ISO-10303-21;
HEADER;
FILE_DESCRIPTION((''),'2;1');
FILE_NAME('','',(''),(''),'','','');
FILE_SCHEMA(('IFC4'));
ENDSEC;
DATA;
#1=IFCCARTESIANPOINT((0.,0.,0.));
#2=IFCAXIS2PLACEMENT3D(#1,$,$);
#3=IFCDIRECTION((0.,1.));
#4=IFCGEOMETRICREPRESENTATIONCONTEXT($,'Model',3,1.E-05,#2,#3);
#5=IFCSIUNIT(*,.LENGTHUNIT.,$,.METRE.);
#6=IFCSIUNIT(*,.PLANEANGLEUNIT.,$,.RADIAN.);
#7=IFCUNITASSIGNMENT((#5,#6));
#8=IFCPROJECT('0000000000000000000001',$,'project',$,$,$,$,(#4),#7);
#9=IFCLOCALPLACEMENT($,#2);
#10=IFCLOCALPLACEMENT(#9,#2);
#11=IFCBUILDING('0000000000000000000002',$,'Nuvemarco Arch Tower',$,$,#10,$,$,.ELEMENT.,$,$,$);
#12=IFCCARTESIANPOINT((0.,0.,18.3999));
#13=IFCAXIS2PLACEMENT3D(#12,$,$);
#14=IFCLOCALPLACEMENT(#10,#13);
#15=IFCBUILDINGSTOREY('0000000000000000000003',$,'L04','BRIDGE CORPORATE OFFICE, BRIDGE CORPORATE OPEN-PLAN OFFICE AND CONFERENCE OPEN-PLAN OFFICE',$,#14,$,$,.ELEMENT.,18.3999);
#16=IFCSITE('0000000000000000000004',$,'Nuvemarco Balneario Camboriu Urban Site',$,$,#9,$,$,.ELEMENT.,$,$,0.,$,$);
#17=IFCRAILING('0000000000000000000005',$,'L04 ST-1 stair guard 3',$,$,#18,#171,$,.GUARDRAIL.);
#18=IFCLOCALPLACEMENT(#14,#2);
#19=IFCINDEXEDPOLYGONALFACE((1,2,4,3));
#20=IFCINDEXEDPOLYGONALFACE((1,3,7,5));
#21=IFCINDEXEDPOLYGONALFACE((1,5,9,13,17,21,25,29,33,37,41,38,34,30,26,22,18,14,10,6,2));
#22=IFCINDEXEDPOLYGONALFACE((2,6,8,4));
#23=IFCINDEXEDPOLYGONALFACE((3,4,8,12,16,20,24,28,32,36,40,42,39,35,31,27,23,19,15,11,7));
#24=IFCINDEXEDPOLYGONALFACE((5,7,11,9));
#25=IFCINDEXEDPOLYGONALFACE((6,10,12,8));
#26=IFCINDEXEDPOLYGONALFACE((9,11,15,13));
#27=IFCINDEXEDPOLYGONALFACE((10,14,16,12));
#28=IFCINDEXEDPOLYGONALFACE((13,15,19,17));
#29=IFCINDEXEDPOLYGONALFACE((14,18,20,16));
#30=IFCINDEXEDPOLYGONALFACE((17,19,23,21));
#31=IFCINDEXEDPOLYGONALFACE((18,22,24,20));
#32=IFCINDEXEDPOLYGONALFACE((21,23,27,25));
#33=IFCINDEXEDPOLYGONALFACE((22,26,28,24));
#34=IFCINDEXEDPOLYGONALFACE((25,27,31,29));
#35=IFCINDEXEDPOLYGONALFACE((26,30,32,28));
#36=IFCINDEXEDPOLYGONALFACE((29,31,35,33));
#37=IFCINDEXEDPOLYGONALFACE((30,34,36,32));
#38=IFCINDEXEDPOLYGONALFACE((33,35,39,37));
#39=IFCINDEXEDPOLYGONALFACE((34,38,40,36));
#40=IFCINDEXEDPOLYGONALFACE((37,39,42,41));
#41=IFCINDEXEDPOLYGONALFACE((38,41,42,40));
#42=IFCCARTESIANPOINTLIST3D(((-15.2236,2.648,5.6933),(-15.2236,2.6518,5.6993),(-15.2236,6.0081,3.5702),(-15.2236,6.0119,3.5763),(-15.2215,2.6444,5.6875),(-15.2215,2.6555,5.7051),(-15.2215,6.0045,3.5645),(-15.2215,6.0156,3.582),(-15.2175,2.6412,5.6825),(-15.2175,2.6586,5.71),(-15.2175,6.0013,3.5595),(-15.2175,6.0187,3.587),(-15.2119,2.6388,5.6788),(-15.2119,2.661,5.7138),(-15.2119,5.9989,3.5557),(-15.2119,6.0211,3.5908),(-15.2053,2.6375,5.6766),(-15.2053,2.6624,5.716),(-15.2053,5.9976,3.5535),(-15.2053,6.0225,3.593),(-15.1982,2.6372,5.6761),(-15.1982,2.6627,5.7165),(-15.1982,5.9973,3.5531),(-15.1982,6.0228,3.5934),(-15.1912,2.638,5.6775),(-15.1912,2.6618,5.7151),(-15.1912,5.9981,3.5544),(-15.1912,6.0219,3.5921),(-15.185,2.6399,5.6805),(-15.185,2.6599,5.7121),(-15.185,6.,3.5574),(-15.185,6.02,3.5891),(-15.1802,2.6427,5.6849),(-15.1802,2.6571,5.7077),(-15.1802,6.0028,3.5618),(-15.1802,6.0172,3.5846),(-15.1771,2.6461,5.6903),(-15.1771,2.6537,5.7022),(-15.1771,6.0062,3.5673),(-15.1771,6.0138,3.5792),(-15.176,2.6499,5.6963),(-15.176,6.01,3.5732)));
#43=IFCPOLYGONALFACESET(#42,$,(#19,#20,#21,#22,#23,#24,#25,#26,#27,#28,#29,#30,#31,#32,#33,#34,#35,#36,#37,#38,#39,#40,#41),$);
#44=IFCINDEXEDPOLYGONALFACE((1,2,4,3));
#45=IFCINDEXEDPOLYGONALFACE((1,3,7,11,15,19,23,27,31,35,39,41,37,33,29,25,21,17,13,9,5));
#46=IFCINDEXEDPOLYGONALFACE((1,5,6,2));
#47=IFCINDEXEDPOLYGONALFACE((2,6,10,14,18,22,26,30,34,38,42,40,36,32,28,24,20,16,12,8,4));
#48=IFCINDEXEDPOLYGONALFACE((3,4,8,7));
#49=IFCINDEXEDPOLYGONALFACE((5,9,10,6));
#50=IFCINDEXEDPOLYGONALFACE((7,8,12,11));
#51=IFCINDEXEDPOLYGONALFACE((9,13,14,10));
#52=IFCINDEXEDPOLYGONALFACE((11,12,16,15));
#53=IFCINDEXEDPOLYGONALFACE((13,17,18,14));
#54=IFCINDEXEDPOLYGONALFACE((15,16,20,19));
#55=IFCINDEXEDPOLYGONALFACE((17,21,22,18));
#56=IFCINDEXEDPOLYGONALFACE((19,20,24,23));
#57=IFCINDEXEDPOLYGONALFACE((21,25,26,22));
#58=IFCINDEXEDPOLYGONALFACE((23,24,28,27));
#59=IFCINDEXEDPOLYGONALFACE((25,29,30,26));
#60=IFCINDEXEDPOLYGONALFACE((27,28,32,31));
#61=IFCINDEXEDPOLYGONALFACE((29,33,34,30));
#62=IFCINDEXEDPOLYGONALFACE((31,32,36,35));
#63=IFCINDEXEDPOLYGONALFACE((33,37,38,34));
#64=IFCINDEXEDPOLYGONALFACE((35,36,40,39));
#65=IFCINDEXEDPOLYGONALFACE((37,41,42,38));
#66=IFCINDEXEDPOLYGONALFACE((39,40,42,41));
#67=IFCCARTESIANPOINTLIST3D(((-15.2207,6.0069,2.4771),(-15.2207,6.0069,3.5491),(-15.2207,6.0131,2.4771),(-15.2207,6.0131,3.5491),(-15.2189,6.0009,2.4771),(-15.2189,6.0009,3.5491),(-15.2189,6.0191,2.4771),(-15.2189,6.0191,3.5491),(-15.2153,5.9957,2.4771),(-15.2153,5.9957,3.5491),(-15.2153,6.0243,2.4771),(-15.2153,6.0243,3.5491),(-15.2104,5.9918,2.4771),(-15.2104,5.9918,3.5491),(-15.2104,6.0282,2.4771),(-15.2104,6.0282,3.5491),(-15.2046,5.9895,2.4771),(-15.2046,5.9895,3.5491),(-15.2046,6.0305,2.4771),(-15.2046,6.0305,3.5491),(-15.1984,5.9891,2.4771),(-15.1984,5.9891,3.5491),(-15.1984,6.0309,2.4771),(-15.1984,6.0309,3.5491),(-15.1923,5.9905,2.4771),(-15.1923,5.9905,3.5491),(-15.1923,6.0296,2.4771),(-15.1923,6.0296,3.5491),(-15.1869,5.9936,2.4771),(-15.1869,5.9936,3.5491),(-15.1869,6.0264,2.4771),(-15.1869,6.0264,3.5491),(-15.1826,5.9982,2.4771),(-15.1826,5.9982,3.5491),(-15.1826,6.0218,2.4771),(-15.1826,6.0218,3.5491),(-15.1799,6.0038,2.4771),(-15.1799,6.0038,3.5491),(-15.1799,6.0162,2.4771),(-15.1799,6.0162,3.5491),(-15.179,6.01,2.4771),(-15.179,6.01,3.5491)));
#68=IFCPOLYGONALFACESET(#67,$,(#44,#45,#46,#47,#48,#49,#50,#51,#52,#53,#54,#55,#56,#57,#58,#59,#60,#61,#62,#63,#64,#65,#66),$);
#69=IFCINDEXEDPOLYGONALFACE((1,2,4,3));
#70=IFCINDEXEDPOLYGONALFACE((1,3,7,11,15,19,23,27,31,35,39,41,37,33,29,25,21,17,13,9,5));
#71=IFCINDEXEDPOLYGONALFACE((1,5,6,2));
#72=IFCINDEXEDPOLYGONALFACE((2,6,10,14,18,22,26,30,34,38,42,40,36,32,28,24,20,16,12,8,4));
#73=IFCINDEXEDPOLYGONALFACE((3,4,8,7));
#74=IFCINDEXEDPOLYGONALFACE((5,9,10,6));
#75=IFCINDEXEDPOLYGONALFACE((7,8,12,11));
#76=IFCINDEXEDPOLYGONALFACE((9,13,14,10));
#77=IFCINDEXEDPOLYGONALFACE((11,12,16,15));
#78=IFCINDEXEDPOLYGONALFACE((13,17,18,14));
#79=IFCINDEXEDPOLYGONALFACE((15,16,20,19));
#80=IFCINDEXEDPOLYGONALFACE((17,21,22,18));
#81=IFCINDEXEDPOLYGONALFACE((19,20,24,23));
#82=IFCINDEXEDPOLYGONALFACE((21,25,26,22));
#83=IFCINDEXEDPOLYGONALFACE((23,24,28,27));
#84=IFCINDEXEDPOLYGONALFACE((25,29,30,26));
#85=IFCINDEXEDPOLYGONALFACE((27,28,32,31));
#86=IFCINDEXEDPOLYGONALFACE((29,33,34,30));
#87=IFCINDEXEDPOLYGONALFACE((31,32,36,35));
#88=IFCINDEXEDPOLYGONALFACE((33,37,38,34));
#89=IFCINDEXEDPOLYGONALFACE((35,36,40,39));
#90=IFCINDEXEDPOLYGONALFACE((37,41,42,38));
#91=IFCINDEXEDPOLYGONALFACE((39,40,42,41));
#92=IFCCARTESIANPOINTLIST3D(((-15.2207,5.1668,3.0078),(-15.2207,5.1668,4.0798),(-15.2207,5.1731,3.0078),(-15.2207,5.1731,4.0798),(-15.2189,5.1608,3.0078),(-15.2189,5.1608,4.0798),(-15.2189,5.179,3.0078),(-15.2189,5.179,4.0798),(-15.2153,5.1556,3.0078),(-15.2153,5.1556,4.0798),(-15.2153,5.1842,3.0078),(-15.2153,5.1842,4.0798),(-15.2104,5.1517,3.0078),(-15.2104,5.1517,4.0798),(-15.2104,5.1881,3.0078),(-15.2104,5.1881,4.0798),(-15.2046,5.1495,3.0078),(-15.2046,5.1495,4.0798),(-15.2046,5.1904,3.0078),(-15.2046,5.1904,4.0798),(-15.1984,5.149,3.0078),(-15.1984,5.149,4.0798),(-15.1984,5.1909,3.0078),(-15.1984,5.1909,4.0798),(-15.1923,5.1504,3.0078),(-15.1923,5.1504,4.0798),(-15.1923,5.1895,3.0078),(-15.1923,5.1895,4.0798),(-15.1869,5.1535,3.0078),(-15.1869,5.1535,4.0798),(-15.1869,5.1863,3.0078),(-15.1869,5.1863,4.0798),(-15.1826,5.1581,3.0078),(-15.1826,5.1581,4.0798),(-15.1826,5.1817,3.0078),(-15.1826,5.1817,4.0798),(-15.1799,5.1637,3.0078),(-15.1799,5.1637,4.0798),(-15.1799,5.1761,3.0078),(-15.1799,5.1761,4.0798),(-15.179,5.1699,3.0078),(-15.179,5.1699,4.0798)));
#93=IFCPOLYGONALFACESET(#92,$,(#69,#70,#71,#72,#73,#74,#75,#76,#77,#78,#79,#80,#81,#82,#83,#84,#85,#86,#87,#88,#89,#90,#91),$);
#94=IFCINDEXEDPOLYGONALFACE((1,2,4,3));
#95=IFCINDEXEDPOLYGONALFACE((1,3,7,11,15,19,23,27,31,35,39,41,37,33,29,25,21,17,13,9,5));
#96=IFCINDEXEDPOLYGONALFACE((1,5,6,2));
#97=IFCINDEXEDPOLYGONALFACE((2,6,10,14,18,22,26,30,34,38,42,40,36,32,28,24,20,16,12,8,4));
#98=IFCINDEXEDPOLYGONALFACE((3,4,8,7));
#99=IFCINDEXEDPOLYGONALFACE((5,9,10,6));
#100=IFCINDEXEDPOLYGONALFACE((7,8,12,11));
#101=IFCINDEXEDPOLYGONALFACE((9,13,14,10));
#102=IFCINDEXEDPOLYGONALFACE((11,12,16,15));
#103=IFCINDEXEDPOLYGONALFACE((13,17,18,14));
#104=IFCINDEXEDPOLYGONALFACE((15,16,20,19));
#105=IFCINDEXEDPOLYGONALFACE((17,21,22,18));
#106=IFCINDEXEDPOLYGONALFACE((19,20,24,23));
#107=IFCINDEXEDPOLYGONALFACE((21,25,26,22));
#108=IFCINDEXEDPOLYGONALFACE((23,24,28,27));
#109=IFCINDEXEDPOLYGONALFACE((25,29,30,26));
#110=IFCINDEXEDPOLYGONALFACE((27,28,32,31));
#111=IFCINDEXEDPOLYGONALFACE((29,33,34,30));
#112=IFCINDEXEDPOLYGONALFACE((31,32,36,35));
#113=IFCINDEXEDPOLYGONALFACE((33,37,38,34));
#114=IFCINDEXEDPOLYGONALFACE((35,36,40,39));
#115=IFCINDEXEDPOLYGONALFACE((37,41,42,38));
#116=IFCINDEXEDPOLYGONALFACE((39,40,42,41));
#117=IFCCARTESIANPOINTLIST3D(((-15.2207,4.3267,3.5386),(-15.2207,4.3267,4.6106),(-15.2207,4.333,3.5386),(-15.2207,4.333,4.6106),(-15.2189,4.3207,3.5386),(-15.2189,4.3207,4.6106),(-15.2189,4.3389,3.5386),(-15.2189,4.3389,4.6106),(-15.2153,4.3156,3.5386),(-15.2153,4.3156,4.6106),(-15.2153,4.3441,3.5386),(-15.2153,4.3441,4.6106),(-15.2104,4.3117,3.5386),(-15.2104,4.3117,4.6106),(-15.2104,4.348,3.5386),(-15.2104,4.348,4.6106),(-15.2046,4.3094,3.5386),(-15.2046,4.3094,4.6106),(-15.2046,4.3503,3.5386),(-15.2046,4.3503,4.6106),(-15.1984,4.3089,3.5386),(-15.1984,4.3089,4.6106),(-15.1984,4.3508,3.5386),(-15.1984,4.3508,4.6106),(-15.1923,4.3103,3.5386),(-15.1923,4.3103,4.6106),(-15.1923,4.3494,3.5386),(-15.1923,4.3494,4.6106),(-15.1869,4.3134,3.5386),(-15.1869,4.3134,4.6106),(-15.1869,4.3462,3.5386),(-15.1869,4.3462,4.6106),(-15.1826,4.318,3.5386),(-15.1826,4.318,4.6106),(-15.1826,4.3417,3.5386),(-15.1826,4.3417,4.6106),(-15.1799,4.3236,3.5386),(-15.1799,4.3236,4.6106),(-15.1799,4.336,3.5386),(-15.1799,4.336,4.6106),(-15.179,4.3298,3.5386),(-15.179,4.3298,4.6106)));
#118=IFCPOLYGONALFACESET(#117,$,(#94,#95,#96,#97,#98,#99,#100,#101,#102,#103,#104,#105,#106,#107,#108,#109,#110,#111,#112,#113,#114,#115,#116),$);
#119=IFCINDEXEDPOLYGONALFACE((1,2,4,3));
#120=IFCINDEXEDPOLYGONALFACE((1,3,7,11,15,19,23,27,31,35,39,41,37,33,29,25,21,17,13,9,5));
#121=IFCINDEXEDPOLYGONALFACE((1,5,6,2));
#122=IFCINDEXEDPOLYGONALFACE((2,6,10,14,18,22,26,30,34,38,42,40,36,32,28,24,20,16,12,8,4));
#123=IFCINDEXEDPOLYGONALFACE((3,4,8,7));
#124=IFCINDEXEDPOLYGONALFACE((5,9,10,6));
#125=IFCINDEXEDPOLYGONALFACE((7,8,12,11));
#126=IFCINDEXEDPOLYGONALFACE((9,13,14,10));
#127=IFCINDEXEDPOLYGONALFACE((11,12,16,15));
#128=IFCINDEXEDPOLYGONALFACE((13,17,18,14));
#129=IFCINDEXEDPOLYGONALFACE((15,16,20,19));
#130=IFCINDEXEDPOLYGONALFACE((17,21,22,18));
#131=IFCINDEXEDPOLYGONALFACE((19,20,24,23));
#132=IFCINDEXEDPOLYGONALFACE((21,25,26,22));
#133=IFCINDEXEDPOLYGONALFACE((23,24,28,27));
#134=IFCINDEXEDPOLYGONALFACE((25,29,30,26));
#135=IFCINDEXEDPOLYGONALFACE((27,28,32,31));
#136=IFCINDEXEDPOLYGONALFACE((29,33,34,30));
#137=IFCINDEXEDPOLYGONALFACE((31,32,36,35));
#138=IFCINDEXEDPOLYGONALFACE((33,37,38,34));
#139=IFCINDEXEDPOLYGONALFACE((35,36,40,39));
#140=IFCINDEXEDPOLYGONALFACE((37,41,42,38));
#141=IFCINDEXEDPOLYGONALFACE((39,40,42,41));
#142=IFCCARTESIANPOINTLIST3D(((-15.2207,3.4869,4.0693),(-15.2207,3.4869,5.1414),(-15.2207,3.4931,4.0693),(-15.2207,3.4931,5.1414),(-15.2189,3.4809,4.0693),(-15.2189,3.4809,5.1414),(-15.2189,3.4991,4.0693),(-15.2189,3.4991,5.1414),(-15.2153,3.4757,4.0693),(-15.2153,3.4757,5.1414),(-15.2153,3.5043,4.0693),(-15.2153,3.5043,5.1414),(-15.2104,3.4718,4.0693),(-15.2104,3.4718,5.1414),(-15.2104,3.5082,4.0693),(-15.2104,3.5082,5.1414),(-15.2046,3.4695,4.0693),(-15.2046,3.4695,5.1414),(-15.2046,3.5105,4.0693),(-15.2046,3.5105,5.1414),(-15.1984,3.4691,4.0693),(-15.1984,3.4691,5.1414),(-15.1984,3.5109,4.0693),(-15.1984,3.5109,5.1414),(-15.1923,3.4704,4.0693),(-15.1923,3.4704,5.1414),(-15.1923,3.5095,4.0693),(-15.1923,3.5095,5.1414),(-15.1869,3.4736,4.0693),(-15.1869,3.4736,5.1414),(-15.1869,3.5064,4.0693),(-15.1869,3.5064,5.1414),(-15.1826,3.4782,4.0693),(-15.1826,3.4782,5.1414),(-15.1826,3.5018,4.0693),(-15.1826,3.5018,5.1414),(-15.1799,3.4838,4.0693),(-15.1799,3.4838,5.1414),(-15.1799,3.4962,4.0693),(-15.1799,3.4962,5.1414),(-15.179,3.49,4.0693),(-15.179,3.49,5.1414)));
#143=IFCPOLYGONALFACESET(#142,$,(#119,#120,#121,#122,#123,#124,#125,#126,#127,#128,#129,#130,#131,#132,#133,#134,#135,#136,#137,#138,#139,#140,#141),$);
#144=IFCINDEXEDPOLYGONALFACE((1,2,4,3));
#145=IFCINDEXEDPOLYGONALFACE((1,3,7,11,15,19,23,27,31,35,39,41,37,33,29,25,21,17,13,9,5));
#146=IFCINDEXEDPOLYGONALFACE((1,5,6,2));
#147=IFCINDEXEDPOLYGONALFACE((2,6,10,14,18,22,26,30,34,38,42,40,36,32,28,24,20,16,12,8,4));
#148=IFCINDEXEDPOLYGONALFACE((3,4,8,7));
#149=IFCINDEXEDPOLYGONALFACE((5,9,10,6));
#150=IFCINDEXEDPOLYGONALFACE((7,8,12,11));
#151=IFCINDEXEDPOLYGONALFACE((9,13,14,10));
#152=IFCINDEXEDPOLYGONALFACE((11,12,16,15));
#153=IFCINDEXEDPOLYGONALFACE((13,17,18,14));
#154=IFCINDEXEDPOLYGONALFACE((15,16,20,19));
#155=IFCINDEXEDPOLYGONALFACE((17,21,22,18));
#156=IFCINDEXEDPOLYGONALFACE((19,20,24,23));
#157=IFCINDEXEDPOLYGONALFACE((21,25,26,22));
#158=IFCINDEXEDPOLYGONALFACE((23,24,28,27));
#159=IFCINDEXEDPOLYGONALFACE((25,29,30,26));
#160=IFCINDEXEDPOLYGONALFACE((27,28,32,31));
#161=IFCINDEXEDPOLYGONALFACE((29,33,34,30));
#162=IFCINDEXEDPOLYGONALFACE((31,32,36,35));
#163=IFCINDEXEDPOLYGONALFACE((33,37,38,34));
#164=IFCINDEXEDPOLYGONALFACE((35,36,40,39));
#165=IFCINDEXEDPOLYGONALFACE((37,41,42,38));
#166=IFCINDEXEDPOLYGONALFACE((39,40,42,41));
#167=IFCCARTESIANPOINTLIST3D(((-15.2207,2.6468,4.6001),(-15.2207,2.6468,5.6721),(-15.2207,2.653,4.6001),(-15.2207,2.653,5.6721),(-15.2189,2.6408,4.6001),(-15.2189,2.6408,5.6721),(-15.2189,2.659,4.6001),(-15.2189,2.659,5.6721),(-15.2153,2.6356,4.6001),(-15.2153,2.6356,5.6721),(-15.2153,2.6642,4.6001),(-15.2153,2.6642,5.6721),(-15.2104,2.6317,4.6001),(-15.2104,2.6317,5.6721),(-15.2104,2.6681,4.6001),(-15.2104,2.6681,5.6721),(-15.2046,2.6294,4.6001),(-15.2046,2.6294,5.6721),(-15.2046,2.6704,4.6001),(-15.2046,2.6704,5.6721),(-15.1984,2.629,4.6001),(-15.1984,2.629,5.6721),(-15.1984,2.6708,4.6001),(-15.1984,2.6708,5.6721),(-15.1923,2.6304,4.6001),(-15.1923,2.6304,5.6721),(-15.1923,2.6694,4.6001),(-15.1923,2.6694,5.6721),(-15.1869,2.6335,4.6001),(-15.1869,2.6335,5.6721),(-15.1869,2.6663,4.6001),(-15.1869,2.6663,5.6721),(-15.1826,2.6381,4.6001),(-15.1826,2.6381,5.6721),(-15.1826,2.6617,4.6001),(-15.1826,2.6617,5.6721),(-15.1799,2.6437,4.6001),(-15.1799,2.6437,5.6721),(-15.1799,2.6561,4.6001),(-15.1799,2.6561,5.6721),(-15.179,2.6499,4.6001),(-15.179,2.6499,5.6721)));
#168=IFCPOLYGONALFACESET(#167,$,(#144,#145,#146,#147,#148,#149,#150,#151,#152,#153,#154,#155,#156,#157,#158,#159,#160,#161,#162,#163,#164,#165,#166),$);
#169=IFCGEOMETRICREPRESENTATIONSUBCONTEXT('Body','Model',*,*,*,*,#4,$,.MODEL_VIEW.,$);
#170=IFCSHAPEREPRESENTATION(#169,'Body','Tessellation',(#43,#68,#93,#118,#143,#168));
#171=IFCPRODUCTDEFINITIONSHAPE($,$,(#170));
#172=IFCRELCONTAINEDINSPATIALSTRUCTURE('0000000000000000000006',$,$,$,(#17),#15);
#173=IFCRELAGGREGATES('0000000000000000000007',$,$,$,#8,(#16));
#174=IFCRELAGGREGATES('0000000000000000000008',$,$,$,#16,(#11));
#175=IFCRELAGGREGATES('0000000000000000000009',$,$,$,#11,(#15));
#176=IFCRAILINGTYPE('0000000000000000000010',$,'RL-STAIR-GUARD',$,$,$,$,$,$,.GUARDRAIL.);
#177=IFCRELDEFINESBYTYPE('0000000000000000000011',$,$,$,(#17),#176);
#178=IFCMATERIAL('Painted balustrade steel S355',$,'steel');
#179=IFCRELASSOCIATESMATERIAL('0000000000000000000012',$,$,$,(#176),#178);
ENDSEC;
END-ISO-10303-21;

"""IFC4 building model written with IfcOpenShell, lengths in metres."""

from ifc_helpers import new_model, si_unit, direction, frame, origin, origin_2d, place, context, subcontext, project, spatial, circle, extrude, material, type_object, element, save


model = new_model("IFC4")

# Units and contexts
model_context = context("Model", 3, precision=1e-05, world=origin(), true_north=direction((0.0, 1.0)))
body_context = subcontext(model_context, "Body", "Model", "MODEL_VIEW")
ifc_project = project(units=[si_unit("LENGTHUNIT", "METRE"), si_unit("PLANEANGLEUNIT", "RADIAN")], contexts=[model_context])

# Site, building, storey
site_placement = place(None, origin())
site = spatial("IfcSite", under=ifc_project, at=site_placement, Name="Nuvemarco Balneario Camboriu Urban Site", CompositionType="ELEMENT", RefElevation=0.0)
building_placement = place(site_placement, origin())
building = spatial("IfcBuilding", under=site, at=building_placement, Name="Nuvemarco Arch Tower", CompositionType="ELEMENT")
storey_placement = place(building_placement, frame((0.0, 0.0, 18.3999)))
storey = spatial("IfcBuildingStorey", under=building, at=storey_placement, Name="L04", Description="BRIDGE CORPORATE OFFICE, BRIDGE CORPORATE OPEN-PLAN OFFICE AND CONFERENCE OPEN-PLAN OFFICE", CompositionType="ELEMENT", Elevation=18.3999)

# Railing
ifc_material_1 = material(Name="Painted balustrade steel S355", Category="steel")
railing_type_1 = type_object("IfcRailingType", Name="RL-STAIR-GUARD", PredefinedType="GUARDRAIL", material=ifc_material_1)
railing_1_placement = place(storey_placement, frame((-15.2, 6.01, 2.4771)))
element("IfcRailing", 1, at=railing_1_placement, inside=storey, type_object=railing_type_1, Name="L04 ST-1 stair guard 3", PredefinedType="GUARDRAIL", context=body_context, shape_type="SweptSolid", body=[
    extrude(circle(Radius=0.0239, at=origin_2d()), frame((0.0, 0.0, 1.0962), z_axis=(0.0, -0.84539, 0.53415), x_axis=(1.0, 0.0, 0.0)), (0.0, 0.0, 1.0), 3.9746),
    extrude(circle(Radius=0.021, at=origin_2d()), origin(), (0.0, 0.0, 1.0), 1.072),
    extrude(circle(Radius=0.021, at=origin_2d()), frame((0.0, -0.8401, 0.5308)), (0.0, 0.0, 1.0), 1.072),
    extrude(circle(Radius=0.021, at=origin_2d()), frame((0.0, -1.6802, 1.0615)), (0.0, 0.0, 1.0), 1.072),
    extrude(circle(Radius=0.021, at=origin_2d()), frame((0.0, -2.52, 1.5923)), (0.0, 0.0, 1.0), 1.072),
    extrude(circle(Radius=0.021, at=origin_2d()), frame((0.0, -3.3601, 2.123)), (0.0, 0.0, 1.0), 1.072),
])

save(model, "model.ifc")
